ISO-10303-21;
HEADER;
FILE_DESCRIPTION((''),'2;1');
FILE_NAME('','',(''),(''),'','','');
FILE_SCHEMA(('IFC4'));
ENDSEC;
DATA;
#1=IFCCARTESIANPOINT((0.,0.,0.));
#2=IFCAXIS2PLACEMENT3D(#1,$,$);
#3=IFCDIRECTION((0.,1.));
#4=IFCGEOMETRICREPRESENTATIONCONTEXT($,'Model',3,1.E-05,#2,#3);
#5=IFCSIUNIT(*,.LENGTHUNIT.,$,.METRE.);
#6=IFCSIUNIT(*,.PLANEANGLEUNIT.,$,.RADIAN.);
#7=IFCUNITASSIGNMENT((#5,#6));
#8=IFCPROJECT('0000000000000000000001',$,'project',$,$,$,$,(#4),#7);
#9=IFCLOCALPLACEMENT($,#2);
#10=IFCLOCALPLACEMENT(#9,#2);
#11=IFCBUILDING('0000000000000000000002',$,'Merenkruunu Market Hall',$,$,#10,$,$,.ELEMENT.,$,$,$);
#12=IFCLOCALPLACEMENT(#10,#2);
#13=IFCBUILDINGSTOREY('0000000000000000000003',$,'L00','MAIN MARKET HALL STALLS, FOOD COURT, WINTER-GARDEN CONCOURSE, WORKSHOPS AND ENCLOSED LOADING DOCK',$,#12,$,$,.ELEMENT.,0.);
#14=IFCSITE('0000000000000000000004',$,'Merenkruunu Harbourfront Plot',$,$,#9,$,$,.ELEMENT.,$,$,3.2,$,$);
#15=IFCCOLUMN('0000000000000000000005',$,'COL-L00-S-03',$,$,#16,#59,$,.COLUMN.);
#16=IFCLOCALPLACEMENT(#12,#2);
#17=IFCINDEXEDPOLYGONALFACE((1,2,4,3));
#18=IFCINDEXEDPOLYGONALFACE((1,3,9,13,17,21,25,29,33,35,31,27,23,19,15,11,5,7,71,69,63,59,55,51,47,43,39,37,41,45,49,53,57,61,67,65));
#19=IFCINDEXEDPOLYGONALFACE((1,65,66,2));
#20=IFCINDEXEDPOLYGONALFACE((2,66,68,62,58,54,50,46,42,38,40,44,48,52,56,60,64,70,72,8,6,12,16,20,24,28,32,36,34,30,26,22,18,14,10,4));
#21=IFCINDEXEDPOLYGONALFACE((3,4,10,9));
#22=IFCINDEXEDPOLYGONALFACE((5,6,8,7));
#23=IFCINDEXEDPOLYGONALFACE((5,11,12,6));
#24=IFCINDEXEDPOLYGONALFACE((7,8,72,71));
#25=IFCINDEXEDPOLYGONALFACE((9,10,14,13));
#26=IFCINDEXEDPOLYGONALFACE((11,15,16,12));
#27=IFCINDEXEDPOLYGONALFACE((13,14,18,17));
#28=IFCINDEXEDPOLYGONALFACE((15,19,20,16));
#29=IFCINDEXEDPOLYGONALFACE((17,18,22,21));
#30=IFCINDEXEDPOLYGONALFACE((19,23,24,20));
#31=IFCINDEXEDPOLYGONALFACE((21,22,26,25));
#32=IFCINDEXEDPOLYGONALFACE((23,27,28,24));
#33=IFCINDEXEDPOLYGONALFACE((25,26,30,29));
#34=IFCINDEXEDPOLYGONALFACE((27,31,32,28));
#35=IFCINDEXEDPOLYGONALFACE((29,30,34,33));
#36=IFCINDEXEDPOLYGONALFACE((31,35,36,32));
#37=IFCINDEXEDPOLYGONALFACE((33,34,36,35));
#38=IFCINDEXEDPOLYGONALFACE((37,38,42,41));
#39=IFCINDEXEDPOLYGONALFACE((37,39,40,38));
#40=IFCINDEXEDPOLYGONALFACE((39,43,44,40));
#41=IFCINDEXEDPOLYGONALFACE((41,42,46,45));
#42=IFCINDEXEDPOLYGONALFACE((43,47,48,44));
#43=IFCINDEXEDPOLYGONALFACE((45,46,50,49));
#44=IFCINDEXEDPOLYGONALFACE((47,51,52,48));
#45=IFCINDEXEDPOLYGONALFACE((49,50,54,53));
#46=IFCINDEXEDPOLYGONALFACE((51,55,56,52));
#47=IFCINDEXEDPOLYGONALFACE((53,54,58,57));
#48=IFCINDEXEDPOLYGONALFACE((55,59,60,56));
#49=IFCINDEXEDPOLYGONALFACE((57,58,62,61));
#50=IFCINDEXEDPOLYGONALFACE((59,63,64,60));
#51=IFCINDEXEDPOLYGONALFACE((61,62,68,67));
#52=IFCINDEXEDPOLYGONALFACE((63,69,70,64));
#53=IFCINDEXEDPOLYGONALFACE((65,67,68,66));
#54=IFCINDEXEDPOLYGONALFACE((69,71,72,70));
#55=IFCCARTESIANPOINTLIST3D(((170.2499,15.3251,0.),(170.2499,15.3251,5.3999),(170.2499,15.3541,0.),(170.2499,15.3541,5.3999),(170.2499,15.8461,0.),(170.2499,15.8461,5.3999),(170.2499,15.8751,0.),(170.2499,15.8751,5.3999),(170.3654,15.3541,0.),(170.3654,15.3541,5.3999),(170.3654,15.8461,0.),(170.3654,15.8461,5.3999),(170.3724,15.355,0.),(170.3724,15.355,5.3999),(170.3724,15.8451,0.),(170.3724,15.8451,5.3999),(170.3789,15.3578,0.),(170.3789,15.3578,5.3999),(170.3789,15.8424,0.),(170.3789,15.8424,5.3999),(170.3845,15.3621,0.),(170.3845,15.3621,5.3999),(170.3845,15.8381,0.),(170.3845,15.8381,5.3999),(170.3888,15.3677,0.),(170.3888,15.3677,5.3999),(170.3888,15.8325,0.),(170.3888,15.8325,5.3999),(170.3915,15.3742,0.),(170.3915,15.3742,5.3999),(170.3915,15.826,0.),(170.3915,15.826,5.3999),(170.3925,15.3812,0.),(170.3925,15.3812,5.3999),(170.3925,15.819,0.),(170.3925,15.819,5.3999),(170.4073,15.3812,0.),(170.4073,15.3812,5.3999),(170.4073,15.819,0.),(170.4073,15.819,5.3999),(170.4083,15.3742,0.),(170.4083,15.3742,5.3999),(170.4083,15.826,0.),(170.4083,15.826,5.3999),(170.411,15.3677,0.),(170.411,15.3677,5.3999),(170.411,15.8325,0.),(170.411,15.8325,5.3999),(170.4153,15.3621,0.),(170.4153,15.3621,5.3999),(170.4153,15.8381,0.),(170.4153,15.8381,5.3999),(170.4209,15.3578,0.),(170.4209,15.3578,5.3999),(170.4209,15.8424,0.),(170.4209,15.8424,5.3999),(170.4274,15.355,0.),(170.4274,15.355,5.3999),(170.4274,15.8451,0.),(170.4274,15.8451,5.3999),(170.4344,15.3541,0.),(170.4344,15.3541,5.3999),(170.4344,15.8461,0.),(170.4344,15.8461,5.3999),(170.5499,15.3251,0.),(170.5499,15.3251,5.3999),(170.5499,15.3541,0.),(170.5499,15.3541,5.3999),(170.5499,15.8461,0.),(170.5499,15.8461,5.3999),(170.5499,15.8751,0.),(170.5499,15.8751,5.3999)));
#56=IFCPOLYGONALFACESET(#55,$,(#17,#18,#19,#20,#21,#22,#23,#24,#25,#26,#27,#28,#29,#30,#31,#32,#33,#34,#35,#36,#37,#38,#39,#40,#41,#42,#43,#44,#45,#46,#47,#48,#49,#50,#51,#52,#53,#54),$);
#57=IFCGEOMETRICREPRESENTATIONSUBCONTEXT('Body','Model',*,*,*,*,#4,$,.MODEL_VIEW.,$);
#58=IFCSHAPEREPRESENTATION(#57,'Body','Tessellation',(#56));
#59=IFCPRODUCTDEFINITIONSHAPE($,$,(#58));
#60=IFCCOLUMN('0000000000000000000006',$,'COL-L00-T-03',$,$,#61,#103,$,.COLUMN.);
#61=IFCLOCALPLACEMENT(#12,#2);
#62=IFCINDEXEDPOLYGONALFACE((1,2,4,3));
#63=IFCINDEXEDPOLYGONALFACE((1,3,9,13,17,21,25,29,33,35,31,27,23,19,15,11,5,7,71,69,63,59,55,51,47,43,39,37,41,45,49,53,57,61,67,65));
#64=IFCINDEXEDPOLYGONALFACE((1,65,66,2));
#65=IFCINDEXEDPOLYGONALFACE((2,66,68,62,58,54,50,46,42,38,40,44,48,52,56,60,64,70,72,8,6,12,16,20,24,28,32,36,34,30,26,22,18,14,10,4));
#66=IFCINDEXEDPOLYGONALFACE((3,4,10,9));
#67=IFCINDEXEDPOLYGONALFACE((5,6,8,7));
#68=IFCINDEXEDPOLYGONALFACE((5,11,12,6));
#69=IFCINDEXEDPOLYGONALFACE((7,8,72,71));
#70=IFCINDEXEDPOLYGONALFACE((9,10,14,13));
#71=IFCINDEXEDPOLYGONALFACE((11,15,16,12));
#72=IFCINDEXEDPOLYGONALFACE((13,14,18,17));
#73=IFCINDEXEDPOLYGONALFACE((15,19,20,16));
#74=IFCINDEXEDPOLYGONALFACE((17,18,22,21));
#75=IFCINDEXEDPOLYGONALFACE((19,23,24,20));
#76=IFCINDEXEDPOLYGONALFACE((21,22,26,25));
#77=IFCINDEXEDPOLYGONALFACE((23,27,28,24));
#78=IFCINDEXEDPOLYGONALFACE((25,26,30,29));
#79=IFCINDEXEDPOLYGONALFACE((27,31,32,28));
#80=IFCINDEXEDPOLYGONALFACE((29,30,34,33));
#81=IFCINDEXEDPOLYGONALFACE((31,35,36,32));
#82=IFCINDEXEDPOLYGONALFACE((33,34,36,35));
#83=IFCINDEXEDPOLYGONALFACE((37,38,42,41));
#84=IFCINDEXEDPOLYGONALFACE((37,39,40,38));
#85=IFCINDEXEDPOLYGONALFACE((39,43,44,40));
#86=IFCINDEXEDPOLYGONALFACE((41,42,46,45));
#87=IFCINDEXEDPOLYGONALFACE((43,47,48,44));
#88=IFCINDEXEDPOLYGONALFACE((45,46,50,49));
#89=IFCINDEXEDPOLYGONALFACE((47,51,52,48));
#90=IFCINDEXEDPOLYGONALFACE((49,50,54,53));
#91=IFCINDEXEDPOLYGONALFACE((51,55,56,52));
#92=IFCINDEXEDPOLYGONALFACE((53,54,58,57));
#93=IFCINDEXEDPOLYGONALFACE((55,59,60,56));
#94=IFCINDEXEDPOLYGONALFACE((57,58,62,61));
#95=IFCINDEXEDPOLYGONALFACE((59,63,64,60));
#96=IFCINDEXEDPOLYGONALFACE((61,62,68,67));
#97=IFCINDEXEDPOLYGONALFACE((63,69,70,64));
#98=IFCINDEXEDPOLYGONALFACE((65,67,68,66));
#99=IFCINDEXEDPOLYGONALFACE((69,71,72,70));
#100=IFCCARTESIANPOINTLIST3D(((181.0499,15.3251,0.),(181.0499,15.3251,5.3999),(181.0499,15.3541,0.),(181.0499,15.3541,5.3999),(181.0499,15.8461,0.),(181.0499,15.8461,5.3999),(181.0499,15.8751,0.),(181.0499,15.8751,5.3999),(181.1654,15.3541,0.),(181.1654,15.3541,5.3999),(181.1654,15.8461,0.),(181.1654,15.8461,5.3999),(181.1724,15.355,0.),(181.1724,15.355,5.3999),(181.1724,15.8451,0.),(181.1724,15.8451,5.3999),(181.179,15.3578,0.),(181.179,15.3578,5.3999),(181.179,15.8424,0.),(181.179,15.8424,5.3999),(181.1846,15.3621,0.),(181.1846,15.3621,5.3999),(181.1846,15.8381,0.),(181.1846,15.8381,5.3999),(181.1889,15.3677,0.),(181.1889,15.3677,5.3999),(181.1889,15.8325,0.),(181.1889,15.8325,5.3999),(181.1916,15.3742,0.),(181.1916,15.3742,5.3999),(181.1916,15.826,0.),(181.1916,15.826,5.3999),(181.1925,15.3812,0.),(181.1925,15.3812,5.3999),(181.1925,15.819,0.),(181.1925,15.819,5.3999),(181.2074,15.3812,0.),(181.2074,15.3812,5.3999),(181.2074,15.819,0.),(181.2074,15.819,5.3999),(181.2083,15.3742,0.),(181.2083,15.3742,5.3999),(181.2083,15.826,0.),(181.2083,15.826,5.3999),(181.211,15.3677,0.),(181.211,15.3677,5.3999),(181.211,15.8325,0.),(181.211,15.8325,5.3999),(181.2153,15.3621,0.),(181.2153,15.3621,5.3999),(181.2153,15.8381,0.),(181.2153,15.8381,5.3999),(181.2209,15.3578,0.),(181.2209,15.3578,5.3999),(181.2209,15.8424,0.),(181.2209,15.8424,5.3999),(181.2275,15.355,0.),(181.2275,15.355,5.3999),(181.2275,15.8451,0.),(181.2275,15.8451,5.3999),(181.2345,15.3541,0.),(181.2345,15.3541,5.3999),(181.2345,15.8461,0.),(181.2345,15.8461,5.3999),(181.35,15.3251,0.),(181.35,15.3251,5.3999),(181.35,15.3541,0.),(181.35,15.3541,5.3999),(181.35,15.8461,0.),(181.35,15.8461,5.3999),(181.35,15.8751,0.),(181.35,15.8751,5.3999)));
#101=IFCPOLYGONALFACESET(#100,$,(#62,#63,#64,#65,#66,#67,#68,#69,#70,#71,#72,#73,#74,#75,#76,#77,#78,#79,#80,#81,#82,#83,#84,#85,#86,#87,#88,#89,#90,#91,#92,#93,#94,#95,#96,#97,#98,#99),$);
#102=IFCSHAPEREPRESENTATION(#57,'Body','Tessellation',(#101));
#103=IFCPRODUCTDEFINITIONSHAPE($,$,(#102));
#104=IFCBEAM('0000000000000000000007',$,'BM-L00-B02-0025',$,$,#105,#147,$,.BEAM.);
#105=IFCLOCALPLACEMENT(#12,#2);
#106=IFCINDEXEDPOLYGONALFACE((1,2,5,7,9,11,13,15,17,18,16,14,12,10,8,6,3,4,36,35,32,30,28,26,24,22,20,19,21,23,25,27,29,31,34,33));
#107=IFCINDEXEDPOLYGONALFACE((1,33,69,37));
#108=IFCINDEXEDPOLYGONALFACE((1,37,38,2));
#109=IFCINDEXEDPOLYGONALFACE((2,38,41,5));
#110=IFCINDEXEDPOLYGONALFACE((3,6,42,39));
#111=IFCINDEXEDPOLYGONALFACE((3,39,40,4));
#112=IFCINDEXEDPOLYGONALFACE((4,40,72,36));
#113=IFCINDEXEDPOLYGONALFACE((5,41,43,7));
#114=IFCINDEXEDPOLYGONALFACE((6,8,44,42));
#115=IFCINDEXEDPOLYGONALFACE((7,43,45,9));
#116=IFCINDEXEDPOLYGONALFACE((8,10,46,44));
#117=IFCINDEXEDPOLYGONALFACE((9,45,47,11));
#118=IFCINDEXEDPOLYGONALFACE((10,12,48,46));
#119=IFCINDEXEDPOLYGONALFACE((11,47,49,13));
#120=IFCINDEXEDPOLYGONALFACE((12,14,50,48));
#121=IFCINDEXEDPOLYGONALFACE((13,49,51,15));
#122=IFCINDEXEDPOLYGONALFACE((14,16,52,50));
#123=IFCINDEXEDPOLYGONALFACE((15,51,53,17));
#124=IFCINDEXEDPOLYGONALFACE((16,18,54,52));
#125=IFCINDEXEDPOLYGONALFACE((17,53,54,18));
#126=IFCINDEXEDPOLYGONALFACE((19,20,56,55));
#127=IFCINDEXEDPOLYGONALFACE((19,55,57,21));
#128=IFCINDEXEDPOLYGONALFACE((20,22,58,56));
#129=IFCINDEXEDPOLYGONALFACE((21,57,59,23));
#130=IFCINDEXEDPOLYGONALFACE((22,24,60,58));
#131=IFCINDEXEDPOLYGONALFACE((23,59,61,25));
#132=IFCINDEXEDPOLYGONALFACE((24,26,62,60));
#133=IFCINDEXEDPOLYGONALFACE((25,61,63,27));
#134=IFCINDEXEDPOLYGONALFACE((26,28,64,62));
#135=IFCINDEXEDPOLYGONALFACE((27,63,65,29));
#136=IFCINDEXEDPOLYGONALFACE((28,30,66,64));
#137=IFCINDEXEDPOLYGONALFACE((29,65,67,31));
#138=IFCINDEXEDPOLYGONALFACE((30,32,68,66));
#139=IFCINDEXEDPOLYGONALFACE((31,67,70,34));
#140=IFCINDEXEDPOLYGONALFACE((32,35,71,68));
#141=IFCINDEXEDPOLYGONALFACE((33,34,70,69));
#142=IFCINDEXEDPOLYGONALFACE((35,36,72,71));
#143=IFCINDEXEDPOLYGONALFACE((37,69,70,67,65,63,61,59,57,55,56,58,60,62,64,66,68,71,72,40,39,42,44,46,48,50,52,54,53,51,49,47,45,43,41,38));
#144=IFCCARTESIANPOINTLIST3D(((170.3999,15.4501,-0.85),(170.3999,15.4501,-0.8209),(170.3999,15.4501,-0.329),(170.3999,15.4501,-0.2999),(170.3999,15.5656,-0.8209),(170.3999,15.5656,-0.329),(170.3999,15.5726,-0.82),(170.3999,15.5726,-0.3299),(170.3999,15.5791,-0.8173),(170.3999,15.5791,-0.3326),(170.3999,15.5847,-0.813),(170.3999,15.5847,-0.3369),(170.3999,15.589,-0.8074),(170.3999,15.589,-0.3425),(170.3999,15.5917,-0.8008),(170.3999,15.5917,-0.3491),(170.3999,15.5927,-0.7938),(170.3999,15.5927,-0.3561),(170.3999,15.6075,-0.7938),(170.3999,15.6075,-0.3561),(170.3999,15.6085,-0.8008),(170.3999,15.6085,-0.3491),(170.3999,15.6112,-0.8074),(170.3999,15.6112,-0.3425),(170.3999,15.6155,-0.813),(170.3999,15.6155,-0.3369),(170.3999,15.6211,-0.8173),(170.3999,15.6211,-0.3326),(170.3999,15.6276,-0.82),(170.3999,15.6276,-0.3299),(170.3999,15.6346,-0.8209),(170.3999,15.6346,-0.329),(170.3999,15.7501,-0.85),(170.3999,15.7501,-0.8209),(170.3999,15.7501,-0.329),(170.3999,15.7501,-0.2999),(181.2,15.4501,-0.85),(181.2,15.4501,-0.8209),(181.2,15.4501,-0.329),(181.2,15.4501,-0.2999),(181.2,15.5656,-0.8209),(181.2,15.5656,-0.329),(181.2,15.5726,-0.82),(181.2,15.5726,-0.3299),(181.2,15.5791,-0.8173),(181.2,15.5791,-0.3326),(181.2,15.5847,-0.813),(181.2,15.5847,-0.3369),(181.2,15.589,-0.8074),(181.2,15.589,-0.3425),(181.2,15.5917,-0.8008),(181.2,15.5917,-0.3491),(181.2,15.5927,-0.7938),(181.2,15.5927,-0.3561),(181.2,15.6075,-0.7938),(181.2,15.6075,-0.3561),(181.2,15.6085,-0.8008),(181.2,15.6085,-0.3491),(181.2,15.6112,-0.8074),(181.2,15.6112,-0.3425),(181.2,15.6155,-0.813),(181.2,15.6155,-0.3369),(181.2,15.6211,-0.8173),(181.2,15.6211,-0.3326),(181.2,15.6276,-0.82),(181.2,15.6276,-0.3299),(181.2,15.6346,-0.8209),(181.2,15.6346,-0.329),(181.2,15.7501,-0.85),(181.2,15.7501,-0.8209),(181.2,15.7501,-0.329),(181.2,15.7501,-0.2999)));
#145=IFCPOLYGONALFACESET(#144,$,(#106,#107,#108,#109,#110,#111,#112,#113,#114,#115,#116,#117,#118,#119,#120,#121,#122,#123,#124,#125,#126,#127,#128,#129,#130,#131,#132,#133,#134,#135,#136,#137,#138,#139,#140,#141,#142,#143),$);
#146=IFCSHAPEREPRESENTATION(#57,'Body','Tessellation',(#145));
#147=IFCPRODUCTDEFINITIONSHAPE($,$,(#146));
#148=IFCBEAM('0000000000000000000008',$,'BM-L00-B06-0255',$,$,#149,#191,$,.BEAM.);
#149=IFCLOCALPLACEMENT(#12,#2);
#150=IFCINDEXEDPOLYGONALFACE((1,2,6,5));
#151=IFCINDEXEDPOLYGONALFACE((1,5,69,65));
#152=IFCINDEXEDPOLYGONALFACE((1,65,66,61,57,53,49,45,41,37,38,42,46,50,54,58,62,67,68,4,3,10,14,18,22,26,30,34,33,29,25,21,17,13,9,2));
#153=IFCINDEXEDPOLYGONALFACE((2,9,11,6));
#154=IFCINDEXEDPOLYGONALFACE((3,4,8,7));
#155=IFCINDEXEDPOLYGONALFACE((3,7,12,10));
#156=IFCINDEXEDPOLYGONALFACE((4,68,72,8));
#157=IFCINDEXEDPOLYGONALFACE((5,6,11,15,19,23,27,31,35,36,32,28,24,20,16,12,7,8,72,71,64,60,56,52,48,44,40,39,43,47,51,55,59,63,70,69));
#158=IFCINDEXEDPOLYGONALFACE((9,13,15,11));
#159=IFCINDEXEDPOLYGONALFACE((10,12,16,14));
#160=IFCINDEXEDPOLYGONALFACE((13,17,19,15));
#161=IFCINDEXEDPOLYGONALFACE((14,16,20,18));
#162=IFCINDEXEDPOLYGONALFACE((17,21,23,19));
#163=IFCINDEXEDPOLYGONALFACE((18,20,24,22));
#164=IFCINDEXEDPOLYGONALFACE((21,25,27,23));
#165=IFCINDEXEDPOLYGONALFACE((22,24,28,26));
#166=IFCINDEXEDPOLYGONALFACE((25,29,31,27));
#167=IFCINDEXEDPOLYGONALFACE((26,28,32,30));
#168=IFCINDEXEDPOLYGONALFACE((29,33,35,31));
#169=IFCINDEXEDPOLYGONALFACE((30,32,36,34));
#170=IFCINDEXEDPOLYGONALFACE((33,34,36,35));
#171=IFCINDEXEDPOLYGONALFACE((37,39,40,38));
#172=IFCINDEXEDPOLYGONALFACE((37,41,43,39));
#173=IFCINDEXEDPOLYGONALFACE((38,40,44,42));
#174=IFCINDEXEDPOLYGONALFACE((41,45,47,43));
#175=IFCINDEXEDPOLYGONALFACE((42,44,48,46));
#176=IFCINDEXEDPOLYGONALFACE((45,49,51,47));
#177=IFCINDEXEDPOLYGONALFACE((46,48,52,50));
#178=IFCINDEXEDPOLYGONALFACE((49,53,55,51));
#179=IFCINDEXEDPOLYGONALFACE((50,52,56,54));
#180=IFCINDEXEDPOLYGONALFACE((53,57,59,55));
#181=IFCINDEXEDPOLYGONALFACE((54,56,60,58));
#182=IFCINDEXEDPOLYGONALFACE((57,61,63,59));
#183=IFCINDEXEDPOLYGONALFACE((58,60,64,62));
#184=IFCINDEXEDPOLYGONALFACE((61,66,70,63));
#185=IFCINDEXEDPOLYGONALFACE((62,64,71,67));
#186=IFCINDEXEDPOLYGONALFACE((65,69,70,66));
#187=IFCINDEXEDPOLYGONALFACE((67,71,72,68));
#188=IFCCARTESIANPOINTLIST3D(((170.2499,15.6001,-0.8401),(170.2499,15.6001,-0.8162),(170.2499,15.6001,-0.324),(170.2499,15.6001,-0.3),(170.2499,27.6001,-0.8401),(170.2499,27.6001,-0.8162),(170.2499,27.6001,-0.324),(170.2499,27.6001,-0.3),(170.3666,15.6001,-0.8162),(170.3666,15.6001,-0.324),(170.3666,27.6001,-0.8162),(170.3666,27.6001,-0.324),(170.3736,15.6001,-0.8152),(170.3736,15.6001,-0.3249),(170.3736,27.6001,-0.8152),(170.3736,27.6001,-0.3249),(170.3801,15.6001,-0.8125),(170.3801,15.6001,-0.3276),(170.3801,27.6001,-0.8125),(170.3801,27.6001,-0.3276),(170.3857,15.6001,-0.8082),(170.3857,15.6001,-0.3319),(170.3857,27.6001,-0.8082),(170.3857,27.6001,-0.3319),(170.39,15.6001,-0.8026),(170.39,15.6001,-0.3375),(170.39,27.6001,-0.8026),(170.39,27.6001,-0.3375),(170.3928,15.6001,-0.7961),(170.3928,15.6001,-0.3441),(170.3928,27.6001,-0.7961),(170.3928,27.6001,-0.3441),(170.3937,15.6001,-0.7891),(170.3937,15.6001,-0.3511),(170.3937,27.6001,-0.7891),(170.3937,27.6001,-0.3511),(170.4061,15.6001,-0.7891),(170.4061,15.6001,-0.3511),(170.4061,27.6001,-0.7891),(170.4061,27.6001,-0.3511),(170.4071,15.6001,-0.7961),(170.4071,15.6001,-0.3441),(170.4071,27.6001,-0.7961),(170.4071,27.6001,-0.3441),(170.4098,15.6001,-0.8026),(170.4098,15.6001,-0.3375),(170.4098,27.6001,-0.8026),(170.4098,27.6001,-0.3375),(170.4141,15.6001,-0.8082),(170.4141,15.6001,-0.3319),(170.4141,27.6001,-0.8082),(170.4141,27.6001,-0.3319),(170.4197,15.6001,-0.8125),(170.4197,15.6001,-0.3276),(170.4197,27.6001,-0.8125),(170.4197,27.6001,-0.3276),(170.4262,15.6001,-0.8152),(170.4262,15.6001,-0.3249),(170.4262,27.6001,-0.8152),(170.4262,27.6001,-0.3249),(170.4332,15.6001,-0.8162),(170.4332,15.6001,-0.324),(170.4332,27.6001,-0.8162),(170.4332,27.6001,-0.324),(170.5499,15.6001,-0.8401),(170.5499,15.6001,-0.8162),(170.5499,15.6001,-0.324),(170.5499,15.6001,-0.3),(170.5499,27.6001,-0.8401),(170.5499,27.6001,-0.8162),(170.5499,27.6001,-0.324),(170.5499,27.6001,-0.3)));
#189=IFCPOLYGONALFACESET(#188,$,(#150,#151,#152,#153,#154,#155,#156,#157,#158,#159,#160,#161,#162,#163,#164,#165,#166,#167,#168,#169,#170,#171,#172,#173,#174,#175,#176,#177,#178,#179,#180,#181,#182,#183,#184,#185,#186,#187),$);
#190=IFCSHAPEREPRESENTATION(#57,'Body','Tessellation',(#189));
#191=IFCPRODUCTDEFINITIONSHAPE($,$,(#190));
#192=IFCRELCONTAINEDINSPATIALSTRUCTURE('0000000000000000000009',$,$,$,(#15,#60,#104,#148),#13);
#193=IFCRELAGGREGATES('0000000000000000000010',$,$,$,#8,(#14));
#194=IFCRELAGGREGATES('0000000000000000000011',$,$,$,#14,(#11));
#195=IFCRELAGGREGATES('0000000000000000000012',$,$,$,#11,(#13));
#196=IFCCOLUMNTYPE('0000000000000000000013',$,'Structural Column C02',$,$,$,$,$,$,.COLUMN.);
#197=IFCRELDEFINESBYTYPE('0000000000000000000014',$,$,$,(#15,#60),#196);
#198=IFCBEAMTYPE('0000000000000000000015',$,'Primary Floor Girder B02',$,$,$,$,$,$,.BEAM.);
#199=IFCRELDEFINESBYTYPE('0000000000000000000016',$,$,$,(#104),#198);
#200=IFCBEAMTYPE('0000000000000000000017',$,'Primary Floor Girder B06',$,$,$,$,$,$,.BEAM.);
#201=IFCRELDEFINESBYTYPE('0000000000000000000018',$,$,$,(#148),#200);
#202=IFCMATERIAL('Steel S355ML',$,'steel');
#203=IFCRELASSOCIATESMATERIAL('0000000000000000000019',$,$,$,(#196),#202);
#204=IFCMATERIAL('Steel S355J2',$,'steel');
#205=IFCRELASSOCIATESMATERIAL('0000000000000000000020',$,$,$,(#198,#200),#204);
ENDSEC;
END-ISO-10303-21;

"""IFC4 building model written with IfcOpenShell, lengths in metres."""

from ifc_helpers import new_model, si_unit, direction, frame, origin, origin_2d, place, context, subcontext, project, spatial, i_section, extrude, material, material_profile, profile_set, type_object, element, save


model = new_model("IFC4")

# Units and contexts
model_context = context("Model", 3, precision=1e-05, world=origin(), true_north=direction((0.0, 1.0)))
body_context = subcontext(model_context, "Body", "Model", "MODEL_VIEW")
ifc_project = project(units=[si_unit("LENGTHUNIT", "METRE"), si_unit("PLANEANGLEUNIT", "RADIAN")], contexts=[model_context])

# Site, building, storey
site_placement = place(None, origin())
site = spatial("IfcSite", under=ifc_project, at=site_placement, Name="Merenkruunu Harbourfront Plot", CompositionType="ELEMENT", RefElevation=3.2)
building_placement = place(site_placement, origin())
building = spatial("IfcBuilding", under=site, at=building_placement, Name="Merenkruunu Market Hall", CompositionType="ELEMENT")
storey_placement = place(building_placement, origin())
storey = spatial("IfcBuildingStorey", under=building, at=storey_placement, Name="L00", Description="MAIN MARKET HALL STALLS, FOOD COURT, WINTER-GARDEN CONCOURSE, WORKSHOPS AND ENCLOSED LOADING DOCK", CompositionType="ELEMENT", Elevation=0.0)

# Columns
ifc_material_1 = material(Name="Steel S355ML", Category="steel")
ifc_material_profile_1 = material_profile(ifc_material_1, i_section(OverallWidth=0.3, OverallDepth=0.55, WebThickness=0.0149, FlangeThickness=0.0291, FilletRadius=0.0271, at=origin_2d()), Name="HEB 550")
ifc_profile_set_1 = profile_set([ifc_material_profile_1], Name="Steel S355ML")
column_type = type_object("IfcColumnType", Name="Structural Column C02", PredefinedType="COLUMN", material=ifc_profile_set_1)
for number, where, z_axis, x_axis, name in (
    (1, (170.3999, 15.6001, 0.0), (0.0, 0.0, 1.0), (1.0, 0.0, 0.0), "COL-L00-S-03"),
    (2, (181.2, 15.6001, 0.0), (0.0, 0.0, 1.0), (1.0, 0.0, 0.0), "COL-L00-T-03"),
):
    element("IfcColumn", number, at=place(storey_placement, frame(where, z_axis=z_axis, x_axis=x_axis)), inside=storey, type_object=column_type, Name=name, PredefinedType="COLUMN", context=body_context, shape_type="SweptSolid", body=[
        extrude(i_section(OverallWidth=0.3, OverallDepth=0.55, WebThickness=0.0149, FlangeThickness=0.0291, FilletRadius=0.0271, at=origin_2d()), origin(), (0.0, 0.0, 1.0), 5.3999),
    ])

# Beams
ifc_material_2 = material(Name="Steel S355J2", Category="steel")
ifc_material_profile_2 = material_profile(ifc_material_2, i_section(OverallWidth=0.3, OverallDepth=0.55, WebThickness=0.0149, FlangeThickness=0.0291, FilletRadius=0.0271, at=origin_2d()), Name="HEB 550")
ifc_profile_set_2 = profile_set([ifc_material_profile_2], Name="Steel S355J2")
beam_type_1 = type_object("IfcBeamType", Name="Primary Floor Girder B02", PredefinedType="BEAM", material=ifc_profile_set_2)
beam_1_placement = place(storey_placement, frame((170.3999, 15.6001, -0.575), z_axis=(1.0, 0.0, 0.0), x_axis=(0.0, 1.0, 0.0)))
element("IfcBeam", 3, at=beam_1_placement, inside=storey, type_object=beam_type_1, Name="BM-L00-B02-0025", PredefinedType="BEAM", context=body_context, shape_type="SweptSolid", body=[
    extrude(i_section(OverallWidth=0.3, OverallDepth=0.55, WebThickness=0.0149, FlangeThickness=0.0291, FilletRadius=0.0271, at=origin_2d()), origin(), (0.0, 0.0, 1.0), 10.8),
])
ifc_material_profile_3 = material_profile(ifc_material_2, i_section(OverallWidth=0.3, OverallDepth=0.54, WebThickness=0.0125, FlangeThickness=0.0239, FilletRadius=0.0271, at=origin_2d()), Name="HEA 550")
ifc_profile_set_3 = profile_set([ifc_material_profile_3], Name="Steel S355J2")
beam_type_2 = type_object("IfcBeamType", Name="Primary Floor Girder B06", PredefinedType="BEAM", material=ifc_profile_set_3)
beam_2_placement = place(storey_placement, frame((170.3999, 15.6001, -0.5701), z_axis=(0.0, 1.0, 0.0), x_axis=(-1.0, 0.0, 0.0)))
element("IfcBeam", 4, at=beam_2_placement, inside=storey, type_object=beam_type_2, Name="BM-L00-B06-0255", PredefinedType="BEAM", context=body_context, shape_type="SweptSolid", body=[
    extrude(i_section(OverallWidth=0.3, OverallDepth=0.54, WebThickness=0.0125, FlangeThickness=0.0239, FilletRadius=0.0271, at=origin_2d()), origin(), (0.0, 0.0, 1.0), 12.0),
])

save(model, "model.ifc")
